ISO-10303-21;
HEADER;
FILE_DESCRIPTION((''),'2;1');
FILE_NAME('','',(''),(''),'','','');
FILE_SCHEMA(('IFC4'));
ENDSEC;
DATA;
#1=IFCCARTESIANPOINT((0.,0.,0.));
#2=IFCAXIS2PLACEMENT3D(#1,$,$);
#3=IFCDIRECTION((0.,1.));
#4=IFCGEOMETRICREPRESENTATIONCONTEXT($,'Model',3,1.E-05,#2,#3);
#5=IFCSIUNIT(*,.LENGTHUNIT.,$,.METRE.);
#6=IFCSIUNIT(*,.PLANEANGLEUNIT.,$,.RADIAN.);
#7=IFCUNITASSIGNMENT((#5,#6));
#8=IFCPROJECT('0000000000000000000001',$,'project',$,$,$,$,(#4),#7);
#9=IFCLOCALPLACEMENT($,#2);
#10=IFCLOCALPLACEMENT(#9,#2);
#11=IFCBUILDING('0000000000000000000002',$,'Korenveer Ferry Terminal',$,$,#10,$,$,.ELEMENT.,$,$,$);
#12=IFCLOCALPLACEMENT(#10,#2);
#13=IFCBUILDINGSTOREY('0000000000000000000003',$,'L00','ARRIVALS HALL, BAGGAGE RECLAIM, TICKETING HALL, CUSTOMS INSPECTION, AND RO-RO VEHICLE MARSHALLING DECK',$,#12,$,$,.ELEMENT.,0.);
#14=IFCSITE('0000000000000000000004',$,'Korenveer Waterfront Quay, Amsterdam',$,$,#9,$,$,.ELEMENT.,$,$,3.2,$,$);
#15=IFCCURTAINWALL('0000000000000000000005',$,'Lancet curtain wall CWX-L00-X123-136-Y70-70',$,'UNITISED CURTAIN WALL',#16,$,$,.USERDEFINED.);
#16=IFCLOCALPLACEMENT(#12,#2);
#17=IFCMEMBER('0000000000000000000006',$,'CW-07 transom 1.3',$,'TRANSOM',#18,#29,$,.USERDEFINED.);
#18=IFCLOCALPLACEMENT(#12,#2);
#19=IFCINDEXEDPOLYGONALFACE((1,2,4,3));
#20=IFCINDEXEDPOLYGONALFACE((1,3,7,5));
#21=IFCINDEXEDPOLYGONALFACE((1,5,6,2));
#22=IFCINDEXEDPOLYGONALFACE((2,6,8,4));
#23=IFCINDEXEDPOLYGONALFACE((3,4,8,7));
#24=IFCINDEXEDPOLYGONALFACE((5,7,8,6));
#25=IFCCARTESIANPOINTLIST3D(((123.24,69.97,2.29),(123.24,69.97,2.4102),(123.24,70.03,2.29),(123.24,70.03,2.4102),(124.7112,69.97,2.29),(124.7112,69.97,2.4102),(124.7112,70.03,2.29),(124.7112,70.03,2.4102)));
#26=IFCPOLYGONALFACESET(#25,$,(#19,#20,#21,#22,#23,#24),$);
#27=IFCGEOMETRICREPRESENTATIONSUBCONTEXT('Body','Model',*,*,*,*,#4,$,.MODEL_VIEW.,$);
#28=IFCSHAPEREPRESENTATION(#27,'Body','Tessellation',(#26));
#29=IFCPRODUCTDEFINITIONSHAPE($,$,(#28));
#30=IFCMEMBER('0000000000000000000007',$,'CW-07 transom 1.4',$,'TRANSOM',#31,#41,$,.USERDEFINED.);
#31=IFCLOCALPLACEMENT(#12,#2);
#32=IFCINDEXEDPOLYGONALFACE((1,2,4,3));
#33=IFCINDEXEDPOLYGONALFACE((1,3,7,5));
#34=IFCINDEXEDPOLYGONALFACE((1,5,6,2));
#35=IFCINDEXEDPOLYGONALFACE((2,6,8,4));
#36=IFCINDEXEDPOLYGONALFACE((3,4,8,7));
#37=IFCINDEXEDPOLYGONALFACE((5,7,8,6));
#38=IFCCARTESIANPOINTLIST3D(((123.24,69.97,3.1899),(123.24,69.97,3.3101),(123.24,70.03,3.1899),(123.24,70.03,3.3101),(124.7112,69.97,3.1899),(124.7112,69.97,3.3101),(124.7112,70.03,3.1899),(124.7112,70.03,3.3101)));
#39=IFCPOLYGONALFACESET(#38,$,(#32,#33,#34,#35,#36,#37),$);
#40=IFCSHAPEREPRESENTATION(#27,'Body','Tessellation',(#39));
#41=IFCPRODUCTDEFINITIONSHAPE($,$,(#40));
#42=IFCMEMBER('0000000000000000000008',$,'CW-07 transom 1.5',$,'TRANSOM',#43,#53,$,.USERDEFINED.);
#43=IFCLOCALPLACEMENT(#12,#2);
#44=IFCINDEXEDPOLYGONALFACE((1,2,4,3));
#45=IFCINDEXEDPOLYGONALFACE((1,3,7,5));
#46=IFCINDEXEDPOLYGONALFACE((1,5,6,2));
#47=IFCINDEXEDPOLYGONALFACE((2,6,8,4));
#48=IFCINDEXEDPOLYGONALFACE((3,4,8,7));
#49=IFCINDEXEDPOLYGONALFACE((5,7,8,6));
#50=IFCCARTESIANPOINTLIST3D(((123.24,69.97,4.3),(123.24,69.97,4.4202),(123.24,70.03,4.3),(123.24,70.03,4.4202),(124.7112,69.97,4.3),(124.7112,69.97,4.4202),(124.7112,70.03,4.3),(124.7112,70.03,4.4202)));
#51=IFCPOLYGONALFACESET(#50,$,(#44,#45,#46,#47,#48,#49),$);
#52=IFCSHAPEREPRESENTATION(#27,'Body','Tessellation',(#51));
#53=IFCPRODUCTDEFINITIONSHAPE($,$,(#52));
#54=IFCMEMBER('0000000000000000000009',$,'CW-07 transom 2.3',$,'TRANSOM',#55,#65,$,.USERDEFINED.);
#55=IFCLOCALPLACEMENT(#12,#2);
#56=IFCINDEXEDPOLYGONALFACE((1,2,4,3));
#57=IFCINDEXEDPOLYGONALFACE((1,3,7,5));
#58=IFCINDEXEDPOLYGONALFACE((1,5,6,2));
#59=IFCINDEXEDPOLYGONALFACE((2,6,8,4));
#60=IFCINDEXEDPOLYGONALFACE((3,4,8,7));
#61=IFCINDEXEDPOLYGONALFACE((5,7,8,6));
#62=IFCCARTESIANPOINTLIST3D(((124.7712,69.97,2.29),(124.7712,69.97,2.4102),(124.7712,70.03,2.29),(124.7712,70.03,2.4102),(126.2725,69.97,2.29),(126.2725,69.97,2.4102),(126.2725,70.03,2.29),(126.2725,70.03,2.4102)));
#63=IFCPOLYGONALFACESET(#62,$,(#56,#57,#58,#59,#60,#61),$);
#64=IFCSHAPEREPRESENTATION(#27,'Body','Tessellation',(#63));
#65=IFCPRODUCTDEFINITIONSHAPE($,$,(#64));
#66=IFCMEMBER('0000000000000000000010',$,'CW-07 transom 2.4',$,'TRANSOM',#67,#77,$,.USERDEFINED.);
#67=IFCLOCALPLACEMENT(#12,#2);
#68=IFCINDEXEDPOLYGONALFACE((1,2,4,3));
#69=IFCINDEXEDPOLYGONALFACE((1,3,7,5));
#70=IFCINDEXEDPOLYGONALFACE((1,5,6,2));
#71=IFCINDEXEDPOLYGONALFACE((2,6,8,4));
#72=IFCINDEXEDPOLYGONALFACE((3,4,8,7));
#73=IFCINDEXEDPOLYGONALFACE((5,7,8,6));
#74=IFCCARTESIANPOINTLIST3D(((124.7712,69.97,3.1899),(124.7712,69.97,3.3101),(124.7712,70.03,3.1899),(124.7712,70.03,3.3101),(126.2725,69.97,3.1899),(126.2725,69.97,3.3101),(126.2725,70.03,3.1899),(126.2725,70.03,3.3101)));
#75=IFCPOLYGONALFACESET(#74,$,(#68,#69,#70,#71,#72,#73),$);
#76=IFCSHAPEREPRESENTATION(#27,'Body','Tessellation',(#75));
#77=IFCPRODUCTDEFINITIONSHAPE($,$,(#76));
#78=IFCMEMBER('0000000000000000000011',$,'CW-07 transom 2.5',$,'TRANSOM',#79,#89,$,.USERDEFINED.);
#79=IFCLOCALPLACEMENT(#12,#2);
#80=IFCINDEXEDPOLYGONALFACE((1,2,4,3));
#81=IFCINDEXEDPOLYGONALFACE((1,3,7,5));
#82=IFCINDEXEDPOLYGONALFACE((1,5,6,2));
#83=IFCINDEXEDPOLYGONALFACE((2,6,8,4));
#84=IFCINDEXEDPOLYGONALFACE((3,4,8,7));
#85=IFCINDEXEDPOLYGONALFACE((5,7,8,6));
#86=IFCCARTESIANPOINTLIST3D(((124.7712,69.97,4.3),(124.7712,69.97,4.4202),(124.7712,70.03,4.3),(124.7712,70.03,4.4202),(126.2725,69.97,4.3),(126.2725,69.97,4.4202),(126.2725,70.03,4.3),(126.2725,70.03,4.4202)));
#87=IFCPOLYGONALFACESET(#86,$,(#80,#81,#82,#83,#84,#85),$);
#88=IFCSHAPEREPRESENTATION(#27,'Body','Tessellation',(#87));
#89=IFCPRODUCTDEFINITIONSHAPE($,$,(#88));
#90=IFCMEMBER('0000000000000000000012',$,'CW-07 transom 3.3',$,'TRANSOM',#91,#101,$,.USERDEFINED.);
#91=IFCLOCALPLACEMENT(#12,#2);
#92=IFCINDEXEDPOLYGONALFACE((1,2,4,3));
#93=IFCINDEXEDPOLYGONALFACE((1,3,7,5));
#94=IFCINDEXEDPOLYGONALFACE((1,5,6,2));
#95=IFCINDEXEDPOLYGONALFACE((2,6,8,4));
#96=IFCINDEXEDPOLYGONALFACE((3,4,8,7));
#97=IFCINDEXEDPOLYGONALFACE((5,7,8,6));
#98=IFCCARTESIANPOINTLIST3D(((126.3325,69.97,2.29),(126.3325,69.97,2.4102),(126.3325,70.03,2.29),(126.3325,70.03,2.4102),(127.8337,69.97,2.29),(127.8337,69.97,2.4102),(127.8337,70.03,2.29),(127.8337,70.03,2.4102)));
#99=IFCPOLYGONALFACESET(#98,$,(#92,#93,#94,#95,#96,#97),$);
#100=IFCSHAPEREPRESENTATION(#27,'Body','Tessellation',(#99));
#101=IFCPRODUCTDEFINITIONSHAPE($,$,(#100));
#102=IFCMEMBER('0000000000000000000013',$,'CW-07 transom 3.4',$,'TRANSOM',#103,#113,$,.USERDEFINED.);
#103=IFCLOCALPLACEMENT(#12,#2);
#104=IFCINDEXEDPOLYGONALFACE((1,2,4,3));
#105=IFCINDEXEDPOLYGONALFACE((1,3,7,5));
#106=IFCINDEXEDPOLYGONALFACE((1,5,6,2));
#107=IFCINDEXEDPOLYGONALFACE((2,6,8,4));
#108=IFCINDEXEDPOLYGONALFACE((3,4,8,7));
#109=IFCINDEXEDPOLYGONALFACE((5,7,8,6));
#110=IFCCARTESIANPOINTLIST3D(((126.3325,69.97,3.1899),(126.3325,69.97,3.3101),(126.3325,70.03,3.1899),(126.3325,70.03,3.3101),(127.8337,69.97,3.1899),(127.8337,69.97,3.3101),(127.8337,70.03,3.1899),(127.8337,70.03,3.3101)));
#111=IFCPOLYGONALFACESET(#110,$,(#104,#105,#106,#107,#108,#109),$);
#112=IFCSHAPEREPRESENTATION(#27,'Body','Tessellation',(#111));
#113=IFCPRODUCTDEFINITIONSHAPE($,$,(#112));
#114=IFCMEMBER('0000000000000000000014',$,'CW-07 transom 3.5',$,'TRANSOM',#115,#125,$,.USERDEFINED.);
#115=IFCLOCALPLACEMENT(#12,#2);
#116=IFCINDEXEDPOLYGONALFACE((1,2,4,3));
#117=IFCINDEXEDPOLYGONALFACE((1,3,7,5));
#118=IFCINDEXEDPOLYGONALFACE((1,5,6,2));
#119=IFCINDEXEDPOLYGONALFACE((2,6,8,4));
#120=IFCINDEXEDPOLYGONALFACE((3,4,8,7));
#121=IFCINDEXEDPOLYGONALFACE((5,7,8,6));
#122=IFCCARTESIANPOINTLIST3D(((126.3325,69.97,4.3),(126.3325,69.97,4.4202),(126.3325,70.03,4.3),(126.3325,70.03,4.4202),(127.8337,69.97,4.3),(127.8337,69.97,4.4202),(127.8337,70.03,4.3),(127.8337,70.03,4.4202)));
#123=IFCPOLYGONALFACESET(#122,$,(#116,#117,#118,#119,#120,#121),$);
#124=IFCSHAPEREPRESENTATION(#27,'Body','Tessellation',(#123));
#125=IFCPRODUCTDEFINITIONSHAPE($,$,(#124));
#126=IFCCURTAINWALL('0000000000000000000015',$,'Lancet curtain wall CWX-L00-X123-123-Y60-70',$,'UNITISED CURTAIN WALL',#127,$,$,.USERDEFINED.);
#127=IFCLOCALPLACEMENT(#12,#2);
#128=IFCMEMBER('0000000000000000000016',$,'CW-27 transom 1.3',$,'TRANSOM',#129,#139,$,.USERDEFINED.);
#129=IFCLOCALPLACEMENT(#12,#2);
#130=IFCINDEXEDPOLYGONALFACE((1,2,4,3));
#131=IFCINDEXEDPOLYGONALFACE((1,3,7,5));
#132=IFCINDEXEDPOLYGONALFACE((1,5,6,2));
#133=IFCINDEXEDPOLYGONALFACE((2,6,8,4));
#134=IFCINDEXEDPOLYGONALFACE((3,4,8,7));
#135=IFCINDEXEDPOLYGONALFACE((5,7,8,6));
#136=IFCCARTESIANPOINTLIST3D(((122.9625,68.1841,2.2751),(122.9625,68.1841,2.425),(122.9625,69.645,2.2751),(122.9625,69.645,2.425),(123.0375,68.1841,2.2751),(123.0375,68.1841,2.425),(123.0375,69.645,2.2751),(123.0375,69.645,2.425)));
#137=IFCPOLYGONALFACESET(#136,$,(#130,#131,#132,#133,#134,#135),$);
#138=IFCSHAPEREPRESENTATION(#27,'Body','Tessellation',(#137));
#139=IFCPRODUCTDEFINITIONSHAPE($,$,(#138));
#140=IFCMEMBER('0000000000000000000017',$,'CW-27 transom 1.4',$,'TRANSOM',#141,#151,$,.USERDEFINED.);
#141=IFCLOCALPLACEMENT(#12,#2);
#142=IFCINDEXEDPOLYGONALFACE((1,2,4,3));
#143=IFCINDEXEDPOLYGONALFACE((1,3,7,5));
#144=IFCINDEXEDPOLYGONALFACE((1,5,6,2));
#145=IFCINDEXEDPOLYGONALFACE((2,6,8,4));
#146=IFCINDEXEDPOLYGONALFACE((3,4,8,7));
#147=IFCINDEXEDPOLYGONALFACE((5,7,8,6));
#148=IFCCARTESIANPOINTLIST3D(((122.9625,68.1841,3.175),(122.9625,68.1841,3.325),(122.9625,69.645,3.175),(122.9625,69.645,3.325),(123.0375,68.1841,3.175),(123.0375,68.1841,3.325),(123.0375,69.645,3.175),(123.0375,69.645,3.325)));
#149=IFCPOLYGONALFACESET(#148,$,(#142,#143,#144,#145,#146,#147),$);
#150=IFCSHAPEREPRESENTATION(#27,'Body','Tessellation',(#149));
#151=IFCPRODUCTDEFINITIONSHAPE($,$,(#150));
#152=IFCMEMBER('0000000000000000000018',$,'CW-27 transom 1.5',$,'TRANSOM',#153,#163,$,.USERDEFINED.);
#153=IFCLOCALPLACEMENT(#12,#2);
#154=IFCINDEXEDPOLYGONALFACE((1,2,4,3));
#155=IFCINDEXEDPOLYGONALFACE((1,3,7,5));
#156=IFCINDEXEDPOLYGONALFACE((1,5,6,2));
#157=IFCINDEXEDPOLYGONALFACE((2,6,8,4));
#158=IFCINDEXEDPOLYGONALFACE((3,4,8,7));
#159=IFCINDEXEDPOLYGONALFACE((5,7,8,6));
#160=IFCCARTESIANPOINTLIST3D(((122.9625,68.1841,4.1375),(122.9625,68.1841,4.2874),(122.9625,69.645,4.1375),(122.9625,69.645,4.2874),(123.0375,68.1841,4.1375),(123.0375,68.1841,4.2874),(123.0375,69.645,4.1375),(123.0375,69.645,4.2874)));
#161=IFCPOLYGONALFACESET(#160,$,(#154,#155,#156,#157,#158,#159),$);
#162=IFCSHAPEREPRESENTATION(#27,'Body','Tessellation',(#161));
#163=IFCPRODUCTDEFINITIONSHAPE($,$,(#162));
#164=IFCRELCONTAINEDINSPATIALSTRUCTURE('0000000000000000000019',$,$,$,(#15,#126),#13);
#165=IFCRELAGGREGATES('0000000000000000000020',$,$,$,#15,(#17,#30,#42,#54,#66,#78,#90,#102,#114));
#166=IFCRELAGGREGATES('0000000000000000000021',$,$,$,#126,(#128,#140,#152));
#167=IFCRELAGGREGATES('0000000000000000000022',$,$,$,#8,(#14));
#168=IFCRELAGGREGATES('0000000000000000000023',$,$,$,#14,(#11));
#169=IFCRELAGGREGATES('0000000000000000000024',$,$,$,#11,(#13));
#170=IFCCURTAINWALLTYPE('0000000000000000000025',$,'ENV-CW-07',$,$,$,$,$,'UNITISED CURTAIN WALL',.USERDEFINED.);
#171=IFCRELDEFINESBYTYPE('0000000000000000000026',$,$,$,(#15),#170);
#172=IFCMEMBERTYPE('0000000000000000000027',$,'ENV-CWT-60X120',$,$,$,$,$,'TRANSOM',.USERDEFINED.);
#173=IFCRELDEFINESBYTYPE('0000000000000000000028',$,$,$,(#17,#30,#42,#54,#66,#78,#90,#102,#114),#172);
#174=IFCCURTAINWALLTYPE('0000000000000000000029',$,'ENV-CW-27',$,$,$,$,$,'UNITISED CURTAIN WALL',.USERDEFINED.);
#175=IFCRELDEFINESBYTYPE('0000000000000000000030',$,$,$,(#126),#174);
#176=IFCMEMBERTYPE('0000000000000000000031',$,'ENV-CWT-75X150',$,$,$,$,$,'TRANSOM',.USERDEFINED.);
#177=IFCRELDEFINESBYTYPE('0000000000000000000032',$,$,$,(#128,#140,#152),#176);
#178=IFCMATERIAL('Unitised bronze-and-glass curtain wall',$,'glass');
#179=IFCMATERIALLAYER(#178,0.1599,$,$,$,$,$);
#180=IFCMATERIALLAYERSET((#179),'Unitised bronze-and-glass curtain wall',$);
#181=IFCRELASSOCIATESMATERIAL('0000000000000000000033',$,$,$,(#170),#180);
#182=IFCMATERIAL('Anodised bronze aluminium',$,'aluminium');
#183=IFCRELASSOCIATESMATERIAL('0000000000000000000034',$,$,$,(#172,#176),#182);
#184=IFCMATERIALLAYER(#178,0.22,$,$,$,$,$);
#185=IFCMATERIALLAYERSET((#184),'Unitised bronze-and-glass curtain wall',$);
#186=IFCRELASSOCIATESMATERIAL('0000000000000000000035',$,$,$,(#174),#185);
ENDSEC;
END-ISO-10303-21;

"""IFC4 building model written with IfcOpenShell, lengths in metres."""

from ifc_helpers import new_model, si_unit, direction, frame, origin, origin_2d, place, context, subcontext, project, spatial, rectangle, extrude, material, layer, layer_set, material_profile, profile_set, type_object, element, aggregate, save


model = new_model("IFC4")

# Units and contexts
model_context = context("Model", 3, precision=1e-05, world=origin(), true_north=direction((0.0, 1.0)))
body_context = subcontext(model_context, "Body", "Model", "MODEL_VIEW")
ifc_project = project(units=[si_unit("LENGTHUNIT", "METRE"), si_unit("PLANEANGLEUNIT", "RADIAN")], contexts=[model_context])

# Site, building, storey
site_placement = place(None, origin())
site = spatial("IfcSite", under=ifc_project, at=site_placement, Name="Korenveer Waterfront Quay, Amsterdam", CompositionType="ELEMENT", RefElevation=3.2)
building_placement = place(site_placement, origin())
building = spatial("IfcBuilding", under=site, at=building_placement, Name="Korenveer Ferry Terminal", CompositionType="ELEMENT")
storey_placement = place(building_placement, origin())
storey = spatial("IfcBuildingStorey", under=building, at=storey_placement, Name="L00", Description="ARRIVALS HALL, BAGGAGE RECLAIM, TICKETING HALL, CUSTOMS INSPECTION, AND RO-RO VEHICLE MARSHALLING DECK", CompositionType="ELEMENT", Elevation=0.0)

# Curtain walls, members
ifc_material_1 = material(Name="Unitised bronze-and-glass curtain wall", Category="glass")
ifc_layer_1 = layer(ifc_material_1, 0.1599)
ifc_layer_set_1 = layer_set([ifc_layer_1], Name="Unitised bronze-and-glass curtain wall")
curtain_wall_type_1 = type_object("IfcCurtainWallType", Name="ENV-CW-07", ElementType="UNITISED CURTAIN WALL", PredefinedType="USERDEFINED", material=ifc_layer_set_1)
curtain_wall_1_placement = place(storey_placement, frame((123.1799, 70.0, 0.0)))
curtain_wall_1 = element("IfcCurtainWall", 1, at=curtain_wall_1_placement, inside=storey, type_object=curtain_wall_type_1, Name="Lancet curtain wall CWX-L00-X123-136-Y70-70", ObjectType="UNITISED CURTAIN WALL", PredefinedType="USERDEFINED")
ifc_material_2 = material(Name="Anodised bronze aluminium", Category="aluminium")
ifc_material_profile_1 = material_profile(ifc_material_2, rectangle(XDim=0.0601, YDim=0.1201, at=origin_2d()), Name="ALU 60x120")
ifc_profile_set_1 = profile_set([ifc_material_profile_1], Name="Anodised bronze aluminium")
member_type_1 = type_object("IfcMemberType", Name="ENV-CWT-60X120", ElementType="TRANSOM", PredefinedType="USERDEFINED", material=ifc_profile_set_1)
member_1_placement = place(storey_placement, frame((123.24, 70.0, 2.3501), z_axis=(1.0, 0.0, 0.0), x_axis=(0.0, 1.0, 0.0)))
member_1 = element("IfcMember", 2, at=member_1_placement, type_object=member_type_1, Name="CW-07 transom 1.3", ObjectType="TRANSOM", PredefinedType="USERDEFINED", context=body_context, shape_type="SweptSolid", body=[
    extrude(rectangle(XDim=0.0601, YDim=0.1201, at=origin_2d()), origin(), (0.0, 0.0, 1.0), 1.4712),
])
member_2_placement = place(storey_placement, frame((123.24, 70.0, 3.25), z_axis=(1.0, 0.0, 0.0), x_axis=(0.0, 1.0, 0.0)))
member_2 = element("IfcMember", 3, at=member_2_placement, type_object=member_type_1, Name="CW-07 transom 1.4", ObjectType="TRANSOM", PredefinedType="USERDEFINED", context=body_context, shape_type="SweptSolid", body=[
    extrude(rectangle(XDim=0.0601, YDim=0.1201, at=origin_2d()), origin(), (0.0, 0.0, 1.0), 1.4712),
])
member_3_placement = place(storey_placement, frame((123.24, 70.0, 4.3601), z_axis=(1.0, 0.0, 0.0), x_axis=(0.0, 1.0, 0.0)))
member_3 = element("IfcMember", 4, at=member_3_placement, type_object=member_type_1, Name="CW-07 transom 1.5", ObjectType="TRANSOM", PredefinedType="USERDEFINED", context=body_context, shape_type="SweptSolid", body=[
    extrude(rectangle(XDim=0.0601, YDim=0.1201, at=origin_2d()), origin(), (0.0, 0.0, 1.0), 1.4712),
])
member_4_placement = place(storey_placement, frame((124.7712, 70.0, 2.3501), z_axis=(1.0, 0.0, 0.0), x_axis=(0.0, 1.0, 0.0)))
member_4 = element("IfcMember", 5, at=member_4_placement, type_object=member_type_1, Name="CW-07 transom 2.3", ObjectType="TRANSOM", PredefinedType="USERDEFINED", context=body_context, shape_type="SweptSolid", body=[
    extrude(rectangle(XDim=0.0601, YDim=0.1201, at=origin_2d()), origin(), (0.0, 0.0, 1.0), 1.5012),
])
member_5_placement = place(storey_placement, frame((124.7712, 70.0, 3.25), z_axis=(1.0, 0.0, 0.0), x_axis=(0.0, 1.0, 0.0)))
member_5 = element("IfcMember", 6, at=member_5_placement, type_object=member_type_1, Name="CW-07 transom 2.4", ObjectType="TRANSOM", PredefinedType="USERDEFINED", context=body_context, shape_type="SweptSolid", body=[
    extrude(rectangle(XDim=0.0601, YDim=0.1201, at=origin_2d()), origin(), (0.0, 0.0, 1.0), 1.5012),
])
member_6_placement = place(storey_placement, frame((124.7712, 70.0, 4.3601), z_axis=(1.0, 0.0, 0.0), x_axis=(0.0, 1.0, 0.0)))
member_6 = element("IfcMember", 7, at=member_6_placement, type_object=member_type_1, Name="CW-07 transom 2.5", ObjectType="TRANSOM", PredefinedType="USERDEFINED", context=body_context, shape_type="SweptSolid", body=[
    extrude(rectangle(XDim=0.0601, YDim=0.1201, at=origin_2d()), origin(), (0.0, 0.0, 1.0), 1.5012),
])
member_7_placement = place(storey_placement, frame((126.3325, 70.0, 2.3501), z_axis=(1.0, 0.0, 0.0), x_axis=(0.0, 1.0, 0.0)))
member_7 = element("IfcMember", 8, at=member_7_placement, type_object=member_type_1, Name="CW-07 transom 3.3", ObjectType="TRANSOM", PredefinedType="USERDEFINED", context=body_context, shape_type="SweptSolid", body=[
    extrude(rectangle(XDim=0.0601, YDim=0.1201, at=origin_2d()), origin(), (0.0, 0.0, 1.0), 1.5012),
])
member_8_placement = place(storey_placement, frame((126.3325, 70.0, 3.25), z_axis=(1.0, 0.0, 0.0), x_axis=(0.0, 1.0, 0.0)))
member_8 = element("IfcMember", 9, at=member_8_placement, type_object=member_type_1, Name="CW-07 transom 3.4", ObjectType="TRANSOM", PredefinedType="USERDEFINED", context=body_context, shape_type="SweptSolid", body=[
    extrude(rectangle(XDim=0.0601, YDim=0.1201, at=origin_2d()), origin(), (0.0, 0.0, 1.0), 1.5012),
])
member_9_placement = place(storey_placement, frame((126.3325, 70.0, 4.3601), z_axis=(1.0, 0.0, 0.0), x_axis=(0.0, 1.0, 0.0)))
member_9 = element("IfcMember", 10, at=member_9_placement, type_object=member_type_1, Name="CW-07 transom 3.5", ObjectType="TRANSOM", PredefinedType="USERDEFINED", context=body_context, shape_type="SweptSolid", body=[
    extrude(rectangle(XDim=0.0601, YDim=0.1201, at=origin_2d()), origin(), (0.0, 0.0, 1.0), 1.5012),
])
ifc_layer_2 = layer(ifc_material_1, 0.22)
ifc_layer_set_2 = layer_set([ifc_layer_2], Name="Unitised bronze-and-glass curtain wall")
curtain_wall_type_2 = type_object("IfcCurtainWallType", Name="ENV-CW-27", ElementType="UNITISED CURTAIN WALL", PredefinedType="USERDEFINED", material=ifc_layer_set_2)
curtain_wall_2_placement = place(storey_placement, frame((123.0, 69.72, 0.0)))
curtain_wall_2 = element("IfcCurtainWall", 11, at=curtain_wall_2_placement, inside=storey, type_object=curtain_wall_type_2, Name="Lancet curtain wall CWX-L00-X123-123-Y60-70", ObjectType="UNITISED CURTAIN WALL", PredefinedType="USERDEFINED")
ifc_material_profile_2 = material_profile(ifc_material_2, rectangle(XDim=0.075, YDim=0.1499, at=origin_2d()), Name="ALU 75x150")
ifc_profile_set_2 = profile_set([ifc_material_profile_2], Name="Anodised bronze aluminium")
member_type_2 = type_object("IfcMemberType", Name="ENV-CWT-75X150", ElementType="TRANSOM", PredefinedType="USERDEFINED", material=ifc_profile_set_2)
member_10_placement = place(storey_placement, frame((123.0, 69.645, 2.3501), z_axis=(0.0, -1.0, 0.0), x_axis=(1.0, 0.0, 0.0)))
member_10 = element("IfcMember", 12, at=member_10_placement, type_object=member_type_2, Name="CW-27 transom 1.3", ObjectType="TRANSOM", PredefinedType="USERDEFINED", context=body_context, shape_type="SweptSolid", body=[
    extrude(rectangle(XDim=0.075, YDim=0.1499, at=origin_2d()), origin(), (0.0, 0.0, 1.0), 1.4609),
])
member_11_placement = place(storey_placement, frame((123.0, 69.645, 3.25), z_axis=(0.0, -1.0, 0.0), x_axis=(1.0, 0.0, 0.0)))
member_11 = element("IfcMember", 13, at=member_11_placement, type_object=member_type_2, Name="CW-27 transom 1.4", ObjectType="TRANSOM", PredefinedType="USERDEFINED", context=body_context, shape_type="SweptSolid", body=[
    extrude(rectangle(XDim=0.075, YDim=0.1499, at=origin_2d()), origin(), (0.0, 0.0, 1.0), 1.4609),
])
member_12_placement = place(storey_placement, frame((123.0, 69.645, 4.2124), z_axis=(0.0, -1.0, 0.0), x_axis=(1.0, 0.0, 0.0)))
member_12 = element("IfcMember", 14, at=member_12_placement, type_object=member_type_2, Name="CW-27 transom 1.5", ObjectType="TRANSOM", PredefinedType="USERDEFINED", context=body_context, shape_type="SweptSolid", body=[
    extrude(rectangle(XDim=0.075, YDim=0.1499, at=origin_2d()), origin(), (0.0, 0.0, 1.0), 1.4609),
])

aggregate(curtain_wall_1, [member_1, member_2, member_3, member_4, member_5, member_6, member_7, member_8, member_9])
aggregate(curtain_wall_2, [member_10, member_11, member_12])

save(model, "model.ifc")
